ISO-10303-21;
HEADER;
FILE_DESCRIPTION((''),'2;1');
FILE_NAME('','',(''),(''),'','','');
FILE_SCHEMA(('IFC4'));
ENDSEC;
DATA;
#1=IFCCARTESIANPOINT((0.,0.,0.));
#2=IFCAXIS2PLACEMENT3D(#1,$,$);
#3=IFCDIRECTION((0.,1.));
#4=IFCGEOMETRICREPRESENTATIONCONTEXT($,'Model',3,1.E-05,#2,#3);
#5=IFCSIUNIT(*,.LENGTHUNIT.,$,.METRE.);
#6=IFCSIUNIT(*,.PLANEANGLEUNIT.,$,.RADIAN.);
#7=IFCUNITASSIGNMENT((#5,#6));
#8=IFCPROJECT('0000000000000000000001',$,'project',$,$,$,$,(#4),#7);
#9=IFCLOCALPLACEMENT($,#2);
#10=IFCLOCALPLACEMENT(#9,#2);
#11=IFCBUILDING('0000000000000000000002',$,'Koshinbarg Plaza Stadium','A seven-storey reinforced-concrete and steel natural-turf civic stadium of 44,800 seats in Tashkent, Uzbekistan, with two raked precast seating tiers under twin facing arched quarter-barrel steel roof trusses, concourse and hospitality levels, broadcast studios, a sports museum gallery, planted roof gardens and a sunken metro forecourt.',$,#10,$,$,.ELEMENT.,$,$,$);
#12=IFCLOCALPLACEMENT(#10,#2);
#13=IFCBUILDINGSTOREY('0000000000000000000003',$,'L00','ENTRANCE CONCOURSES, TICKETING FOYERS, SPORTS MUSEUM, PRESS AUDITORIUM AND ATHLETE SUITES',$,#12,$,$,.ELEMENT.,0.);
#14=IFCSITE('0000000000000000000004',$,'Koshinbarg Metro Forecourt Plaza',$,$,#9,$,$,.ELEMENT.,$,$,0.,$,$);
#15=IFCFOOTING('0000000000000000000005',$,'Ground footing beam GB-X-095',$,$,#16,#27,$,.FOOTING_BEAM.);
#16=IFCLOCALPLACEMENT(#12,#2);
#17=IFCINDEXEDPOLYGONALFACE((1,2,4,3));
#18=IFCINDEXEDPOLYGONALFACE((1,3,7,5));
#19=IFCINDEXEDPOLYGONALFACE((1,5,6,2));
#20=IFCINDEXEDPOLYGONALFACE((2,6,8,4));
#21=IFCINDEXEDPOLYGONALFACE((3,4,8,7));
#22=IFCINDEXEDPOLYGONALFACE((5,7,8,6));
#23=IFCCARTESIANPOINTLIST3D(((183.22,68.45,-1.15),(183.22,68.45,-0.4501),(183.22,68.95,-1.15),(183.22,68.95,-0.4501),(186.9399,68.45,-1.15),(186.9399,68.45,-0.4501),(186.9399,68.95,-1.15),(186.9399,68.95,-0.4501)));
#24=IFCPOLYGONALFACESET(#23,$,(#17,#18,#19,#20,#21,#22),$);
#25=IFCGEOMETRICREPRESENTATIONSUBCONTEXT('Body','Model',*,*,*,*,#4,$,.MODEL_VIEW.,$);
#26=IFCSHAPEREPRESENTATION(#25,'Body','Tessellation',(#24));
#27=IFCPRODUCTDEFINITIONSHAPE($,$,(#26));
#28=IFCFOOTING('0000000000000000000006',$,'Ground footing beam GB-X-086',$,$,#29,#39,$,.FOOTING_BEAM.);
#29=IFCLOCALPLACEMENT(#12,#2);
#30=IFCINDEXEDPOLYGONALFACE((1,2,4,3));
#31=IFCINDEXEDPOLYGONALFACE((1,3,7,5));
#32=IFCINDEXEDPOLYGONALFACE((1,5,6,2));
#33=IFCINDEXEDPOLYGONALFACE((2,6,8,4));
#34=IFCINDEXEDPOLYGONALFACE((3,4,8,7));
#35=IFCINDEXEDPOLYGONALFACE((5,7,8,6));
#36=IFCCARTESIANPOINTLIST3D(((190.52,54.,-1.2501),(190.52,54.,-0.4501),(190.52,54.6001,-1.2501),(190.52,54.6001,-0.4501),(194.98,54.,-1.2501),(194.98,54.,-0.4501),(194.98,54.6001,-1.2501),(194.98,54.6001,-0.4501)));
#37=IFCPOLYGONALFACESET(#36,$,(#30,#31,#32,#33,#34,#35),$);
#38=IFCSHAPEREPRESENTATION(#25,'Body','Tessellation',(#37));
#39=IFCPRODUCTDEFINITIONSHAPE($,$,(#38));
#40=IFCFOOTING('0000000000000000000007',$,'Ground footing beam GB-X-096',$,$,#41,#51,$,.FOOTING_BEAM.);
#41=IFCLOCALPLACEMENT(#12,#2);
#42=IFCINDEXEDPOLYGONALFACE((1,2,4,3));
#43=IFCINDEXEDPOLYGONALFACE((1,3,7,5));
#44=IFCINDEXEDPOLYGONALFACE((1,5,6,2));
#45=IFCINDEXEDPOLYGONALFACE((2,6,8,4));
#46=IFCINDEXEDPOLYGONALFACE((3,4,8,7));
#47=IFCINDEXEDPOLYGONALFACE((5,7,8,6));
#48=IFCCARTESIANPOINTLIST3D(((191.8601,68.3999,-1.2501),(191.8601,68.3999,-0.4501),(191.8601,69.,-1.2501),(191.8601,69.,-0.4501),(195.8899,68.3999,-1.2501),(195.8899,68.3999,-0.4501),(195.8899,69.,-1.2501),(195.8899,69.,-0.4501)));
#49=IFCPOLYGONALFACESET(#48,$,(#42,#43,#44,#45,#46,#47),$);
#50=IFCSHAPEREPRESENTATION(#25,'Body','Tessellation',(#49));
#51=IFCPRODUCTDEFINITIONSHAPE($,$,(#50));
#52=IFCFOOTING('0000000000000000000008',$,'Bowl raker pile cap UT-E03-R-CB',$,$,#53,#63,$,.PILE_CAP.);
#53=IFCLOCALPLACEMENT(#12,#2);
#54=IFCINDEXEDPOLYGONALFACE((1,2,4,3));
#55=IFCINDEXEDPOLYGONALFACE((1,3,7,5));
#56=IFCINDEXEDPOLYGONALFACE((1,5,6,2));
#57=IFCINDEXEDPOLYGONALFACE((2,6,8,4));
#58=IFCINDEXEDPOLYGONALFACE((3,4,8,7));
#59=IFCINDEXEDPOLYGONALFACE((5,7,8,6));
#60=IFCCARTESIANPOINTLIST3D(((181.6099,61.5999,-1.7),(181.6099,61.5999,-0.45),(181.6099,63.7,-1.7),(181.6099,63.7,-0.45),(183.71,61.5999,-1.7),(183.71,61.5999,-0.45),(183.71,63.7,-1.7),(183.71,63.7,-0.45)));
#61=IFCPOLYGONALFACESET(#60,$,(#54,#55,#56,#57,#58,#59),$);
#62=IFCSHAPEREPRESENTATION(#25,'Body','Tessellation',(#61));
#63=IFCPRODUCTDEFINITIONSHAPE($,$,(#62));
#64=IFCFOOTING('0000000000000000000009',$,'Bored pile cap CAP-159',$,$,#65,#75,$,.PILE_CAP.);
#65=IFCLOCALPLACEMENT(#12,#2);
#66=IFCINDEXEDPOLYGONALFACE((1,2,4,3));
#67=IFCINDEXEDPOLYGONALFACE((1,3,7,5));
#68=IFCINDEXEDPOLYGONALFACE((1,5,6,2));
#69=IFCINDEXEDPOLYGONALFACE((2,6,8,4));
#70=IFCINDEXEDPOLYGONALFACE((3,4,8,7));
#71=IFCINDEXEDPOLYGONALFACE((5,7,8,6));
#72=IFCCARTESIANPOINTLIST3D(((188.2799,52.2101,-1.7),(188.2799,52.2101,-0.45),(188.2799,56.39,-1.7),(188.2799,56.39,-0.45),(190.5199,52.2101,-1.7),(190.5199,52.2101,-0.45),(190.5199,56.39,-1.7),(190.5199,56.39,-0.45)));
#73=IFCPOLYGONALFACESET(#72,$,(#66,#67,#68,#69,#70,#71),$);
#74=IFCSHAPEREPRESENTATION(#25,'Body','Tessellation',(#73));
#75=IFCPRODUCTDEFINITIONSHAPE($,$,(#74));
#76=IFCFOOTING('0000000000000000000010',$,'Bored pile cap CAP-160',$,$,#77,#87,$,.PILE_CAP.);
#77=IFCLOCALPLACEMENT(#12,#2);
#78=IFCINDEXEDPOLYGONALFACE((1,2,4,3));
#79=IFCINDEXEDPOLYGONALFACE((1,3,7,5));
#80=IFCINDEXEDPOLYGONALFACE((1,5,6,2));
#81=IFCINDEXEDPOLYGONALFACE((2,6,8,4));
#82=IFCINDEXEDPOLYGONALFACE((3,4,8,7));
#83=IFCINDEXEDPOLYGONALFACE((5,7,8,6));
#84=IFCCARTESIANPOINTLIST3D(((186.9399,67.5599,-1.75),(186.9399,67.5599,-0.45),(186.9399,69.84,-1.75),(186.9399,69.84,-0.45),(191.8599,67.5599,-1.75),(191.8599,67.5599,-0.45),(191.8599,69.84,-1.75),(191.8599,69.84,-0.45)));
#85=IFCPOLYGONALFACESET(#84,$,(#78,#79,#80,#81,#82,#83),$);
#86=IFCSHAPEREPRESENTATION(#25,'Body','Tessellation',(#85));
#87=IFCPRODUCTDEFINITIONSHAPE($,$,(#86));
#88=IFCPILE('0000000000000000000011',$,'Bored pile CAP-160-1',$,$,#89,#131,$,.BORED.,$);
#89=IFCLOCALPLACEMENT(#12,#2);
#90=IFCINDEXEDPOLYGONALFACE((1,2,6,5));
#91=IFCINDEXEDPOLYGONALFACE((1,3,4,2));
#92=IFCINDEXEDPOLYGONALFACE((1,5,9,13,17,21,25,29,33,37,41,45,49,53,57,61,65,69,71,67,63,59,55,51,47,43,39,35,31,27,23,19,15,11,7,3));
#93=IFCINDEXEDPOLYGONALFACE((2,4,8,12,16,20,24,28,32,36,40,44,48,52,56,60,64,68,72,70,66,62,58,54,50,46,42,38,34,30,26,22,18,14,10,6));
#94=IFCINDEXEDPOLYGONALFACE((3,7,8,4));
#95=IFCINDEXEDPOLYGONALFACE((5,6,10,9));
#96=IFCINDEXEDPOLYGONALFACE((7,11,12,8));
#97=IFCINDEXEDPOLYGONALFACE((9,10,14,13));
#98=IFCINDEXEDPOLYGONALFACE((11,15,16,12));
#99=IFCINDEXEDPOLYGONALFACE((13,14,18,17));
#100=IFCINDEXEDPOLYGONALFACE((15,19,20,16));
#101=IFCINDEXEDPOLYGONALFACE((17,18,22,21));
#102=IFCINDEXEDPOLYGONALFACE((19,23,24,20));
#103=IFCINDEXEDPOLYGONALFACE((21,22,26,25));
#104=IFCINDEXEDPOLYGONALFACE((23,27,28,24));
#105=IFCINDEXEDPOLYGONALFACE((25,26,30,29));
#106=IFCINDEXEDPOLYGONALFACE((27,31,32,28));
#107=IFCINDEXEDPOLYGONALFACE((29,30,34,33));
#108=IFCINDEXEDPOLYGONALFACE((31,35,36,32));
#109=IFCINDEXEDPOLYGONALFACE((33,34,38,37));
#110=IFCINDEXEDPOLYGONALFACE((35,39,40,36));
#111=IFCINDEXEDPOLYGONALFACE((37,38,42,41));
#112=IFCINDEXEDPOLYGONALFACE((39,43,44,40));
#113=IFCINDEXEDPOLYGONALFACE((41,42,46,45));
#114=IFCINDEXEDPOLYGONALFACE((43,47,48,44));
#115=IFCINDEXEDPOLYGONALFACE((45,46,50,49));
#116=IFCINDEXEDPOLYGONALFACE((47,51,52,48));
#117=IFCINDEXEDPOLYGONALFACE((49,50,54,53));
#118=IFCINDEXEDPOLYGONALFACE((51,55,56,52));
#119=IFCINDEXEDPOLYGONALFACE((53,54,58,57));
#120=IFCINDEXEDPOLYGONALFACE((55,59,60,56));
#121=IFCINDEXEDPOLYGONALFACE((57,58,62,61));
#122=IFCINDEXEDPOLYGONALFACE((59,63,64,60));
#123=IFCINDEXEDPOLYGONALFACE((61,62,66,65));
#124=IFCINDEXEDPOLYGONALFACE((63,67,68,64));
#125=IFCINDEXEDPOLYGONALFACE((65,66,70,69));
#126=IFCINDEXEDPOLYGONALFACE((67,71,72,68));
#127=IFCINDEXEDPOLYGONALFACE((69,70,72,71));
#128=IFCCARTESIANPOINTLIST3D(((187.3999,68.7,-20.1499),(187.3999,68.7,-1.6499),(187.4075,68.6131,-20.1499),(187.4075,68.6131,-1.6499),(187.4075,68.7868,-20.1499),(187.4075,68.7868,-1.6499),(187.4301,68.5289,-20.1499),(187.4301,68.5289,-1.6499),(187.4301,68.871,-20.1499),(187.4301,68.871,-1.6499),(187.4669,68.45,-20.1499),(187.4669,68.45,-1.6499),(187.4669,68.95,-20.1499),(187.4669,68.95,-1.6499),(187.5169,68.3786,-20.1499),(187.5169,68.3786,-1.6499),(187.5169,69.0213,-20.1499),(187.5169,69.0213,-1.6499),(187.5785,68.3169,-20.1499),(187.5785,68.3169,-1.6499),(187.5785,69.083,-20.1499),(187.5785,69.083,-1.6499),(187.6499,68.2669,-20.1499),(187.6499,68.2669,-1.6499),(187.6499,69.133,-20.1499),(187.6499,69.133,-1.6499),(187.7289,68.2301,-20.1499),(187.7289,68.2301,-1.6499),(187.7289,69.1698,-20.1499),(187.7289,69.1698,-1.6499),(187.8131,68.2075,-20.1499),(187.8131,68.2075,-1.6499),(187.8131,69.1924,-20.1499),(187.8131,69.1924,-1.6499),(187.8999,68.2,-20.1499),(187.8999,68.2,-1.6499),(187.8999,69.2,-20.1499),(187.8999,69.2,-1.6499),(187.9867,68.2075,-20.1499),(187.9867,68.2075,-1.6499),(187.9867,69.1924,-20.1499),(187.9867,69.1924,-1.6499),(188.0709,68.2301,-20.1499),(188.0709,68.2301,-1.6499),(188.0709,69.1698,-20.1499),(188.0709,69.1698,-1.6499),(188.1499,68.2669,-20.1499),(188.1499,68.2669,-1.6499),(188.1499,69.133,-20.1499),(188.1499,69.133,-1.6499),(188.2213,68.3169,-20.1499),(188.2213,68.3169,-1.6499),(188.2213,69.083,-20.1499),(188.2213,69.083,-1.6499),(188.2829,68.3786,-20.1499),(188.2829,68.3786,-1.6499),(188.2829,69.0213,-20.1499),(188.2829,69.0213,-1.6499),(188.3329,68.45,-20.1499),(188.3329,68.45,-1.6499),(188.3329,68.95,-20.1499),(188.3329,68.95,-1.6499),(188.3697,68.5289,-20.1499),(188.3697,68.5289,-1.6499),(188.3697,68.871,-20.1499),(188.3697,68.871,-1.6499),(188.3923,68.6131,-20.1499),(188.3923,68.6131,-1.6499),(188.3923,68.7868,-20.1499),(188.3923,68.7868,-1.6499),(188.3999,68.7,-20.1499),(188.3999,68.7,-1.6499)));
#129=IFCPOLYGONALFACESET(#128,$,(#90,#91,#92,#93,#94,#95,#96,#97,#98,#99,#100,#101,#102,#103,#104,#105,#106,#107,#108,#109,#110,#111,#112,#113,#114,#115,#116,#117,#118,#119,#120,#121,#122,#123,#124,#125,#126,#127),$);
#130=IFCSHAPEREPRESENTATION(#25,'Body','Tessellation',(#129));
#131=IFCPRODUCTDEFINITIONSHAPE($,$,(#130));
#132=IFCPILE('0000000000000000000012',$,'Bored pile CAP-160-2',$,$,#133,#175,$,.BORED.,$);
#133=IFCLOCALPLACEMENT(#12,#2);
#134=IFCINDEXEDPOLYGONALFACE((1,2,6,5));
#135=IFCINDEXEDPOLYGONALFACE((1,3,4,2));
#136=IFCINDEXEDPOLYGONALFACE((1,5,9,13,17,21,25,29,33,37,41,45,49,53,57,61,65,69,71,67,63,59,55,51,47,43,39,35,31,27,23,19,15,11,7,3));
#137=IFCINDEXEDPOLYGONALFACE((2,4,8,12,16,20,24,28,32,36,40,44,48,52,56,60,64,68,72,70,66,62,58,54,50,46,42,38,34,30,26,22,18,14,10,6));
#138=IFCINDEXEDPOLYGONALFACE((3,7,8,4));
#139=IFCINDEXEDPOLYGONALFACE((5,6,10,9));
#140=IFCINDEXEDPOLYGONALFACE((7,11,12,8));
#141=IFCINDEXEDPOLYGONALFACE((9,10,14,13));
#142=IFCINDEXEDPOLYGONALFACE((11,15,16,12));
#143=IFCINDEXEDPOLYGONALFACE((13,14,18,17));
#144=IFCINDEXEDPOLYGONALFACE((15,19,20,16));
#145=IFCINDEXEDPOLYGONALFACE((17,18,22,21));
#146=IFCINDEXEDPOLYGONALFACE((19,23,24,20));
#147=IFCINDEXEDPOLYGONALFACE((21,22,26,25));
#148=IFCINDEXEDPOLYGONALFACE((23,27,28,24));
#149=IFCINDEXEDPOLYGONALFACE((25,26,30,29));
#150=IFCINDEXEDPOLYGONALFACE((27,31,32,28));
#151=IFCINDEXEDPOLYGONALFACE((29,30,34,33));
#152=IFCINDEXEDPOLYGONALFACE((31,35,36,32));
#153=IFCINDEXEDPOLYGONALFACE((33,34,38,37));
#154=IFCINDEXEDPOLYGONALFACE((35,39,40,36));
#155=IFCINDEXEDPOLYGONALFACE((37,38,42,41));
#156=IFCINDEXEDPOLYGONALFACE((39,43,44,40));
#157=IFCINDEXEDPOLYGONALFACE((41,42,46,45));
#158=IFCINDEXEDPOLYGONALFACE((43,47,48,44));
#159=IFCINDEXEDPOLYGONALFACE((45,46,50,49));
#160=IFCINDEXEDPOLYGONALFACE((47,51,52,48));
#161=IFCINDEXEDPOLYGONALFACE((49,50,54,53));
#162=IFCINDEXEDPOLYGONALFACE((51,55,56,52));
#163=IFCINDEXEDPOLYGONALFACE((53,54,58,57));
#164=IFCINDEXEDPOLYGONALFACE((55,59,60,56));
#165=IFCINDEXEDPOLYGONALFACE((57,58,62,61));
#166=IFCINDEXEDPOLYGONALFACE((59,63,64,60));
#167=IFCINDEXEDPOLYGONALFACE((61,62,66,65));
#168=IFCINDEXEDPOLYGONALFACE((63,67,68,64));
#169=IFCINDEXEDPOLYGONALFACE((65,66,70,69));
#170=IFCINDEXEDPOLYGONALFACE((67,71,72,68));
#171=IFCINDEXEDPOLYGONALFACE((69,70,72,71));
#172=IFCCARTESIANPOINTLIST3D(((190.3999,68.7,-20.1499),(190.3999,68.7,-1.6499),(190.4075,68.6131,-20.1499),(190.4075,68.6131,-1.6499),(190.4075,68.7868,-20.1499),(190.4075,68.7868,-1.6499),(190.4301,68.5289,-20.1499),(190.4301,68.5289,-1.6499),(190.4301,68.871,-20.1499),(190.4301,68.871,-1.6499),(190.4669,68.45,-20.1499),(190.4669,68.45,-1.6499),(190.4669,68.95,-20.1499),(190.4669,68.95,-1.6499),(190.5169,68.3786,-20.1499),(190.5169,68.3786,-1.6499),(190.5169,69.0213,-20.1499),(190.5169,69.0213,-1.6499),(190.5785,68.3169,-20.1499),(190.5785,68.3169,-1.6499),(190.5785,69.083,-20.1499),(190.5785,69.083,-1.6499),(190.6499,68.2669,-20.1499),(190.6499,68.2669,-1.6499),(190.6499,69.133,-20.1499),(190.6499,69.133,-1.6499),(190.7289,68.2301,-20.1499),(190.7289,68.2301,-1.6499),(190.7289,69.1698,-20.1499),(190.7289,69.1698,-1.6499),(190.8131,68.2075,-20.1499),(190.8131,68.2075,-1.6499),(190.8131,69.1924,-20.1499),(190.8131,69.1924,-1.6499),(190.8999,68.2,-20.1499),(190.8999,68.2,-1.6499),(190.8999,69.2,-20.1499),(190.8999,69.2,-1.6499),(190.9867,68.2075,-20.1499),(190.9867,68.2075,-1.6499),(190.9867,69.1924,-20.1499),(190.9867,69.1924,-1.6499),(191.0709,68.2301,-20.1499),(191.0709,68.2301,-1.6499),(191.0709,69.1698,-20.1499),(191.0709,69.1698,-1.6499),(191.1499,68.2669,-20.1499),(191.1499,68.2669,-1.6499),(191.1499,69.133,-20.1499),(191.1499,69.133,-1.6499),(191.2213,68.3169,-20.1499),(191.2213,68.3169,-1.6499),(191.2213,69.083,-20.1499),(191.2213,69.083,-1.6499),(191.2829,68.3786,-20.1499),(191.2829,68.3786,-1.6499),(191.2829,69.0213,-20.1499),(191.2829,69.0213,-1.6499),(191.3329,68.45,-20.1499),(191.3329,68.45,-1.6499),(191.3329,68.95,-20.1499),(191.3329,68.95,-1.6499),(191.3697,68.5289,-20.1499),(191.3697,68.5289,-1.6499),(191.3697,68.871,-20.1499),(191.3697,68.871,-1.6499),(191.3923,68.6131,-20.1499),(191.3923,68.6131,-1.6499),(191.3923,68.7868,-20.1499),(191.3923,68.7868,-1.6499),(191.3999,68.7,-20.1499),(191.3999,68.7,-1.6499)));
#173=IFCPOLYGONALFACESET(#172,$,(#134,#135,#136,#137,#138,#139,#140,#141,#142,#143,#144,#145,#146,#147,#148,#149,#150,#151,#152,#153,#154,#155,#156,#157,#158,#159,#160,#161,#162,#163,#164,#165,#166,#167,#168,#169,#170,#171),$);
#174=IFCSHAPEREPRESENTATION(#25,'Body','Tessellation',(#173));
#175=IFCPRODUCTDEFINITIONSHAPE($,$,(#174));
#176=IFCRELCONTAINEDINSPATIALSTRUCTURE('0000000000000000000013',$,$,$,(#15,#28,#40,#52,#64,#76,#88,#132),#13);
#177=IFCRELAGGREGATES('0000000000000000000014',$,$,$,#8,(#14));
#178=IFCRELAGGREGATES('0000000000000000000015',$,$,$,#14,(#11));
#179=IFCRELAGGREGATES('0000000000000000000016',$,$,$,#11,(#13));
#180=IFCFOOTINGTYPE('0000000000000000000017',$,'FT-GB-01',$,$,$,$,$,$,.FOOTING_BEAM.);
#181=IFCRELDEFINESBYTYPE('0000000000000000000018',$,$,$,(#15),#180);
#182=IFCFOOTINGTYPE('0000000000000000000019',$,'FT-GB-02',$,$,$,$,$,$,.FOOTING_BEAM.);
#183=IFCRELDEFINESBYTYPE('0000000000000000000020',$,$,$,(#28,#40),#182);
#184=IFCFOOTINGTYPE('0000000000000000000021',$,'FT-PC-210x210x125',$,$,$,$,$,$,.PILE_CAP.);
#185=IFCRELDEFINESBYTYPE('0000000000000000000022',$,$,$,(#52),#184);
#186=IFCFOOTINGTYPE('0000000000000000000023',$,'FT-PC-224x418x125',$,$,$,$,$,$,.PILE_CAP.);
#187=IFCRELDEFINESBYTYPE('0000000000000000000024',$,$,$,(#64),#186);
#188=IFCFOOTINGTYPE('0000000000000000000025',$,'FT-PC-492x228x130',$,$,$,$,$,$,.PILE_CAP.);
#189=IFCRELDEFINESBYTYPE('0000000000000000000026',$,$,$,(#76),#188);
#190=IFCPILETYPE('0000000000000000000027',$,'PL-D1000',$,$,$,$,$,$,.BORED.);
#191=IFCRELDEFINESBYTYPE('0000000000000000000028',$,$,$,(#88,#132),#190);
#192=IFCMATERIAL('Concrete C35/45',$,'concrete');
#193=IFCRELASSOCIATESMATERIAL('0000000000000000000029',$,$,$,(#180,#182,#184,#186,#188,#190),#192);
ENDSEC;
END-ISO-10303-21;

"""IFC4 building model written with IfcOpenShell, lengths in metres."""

from ifc_helpers import new_model, si_unit, direction, frame, origin, origin_2d, place, context, subcontext, project, spatial, rectangle, circle, extrude, material, material_profile, profile_set, type_object, element, save


model = new_model("IFC4")

# Units and contexts
model_context = context("Model", 3, precision=1e-05, world=origin(), true_north=direction((0.0, 1.0)))
body_context = subcontext(model_context, "Body", "Model", "MODEL_VIEW")
ifc_project = project(units=[si_unit("LENGTHUNIT", "METRE"), si_unit("PLANEANGLEUNIT", "RADIAN")], contexts=[model_context])

# Site, building, storey
site_placement = place(None, origin())
site = spatial("IfcSite", under=ifc_project, at=site_placement, Name="Koshinbarg Metro Forecourt Plaza", CompositionType="ELEMENT", RefElevation=0.0)
building_placement = place(site_placement, origin())
building = spatial("IfcBuilding", under=site, at=building_placement, Name="Koshinbarg Plaza Stadium", Description="A seven-storey reinforced-concrete and steel natural-turf civic stadium of 44,800 seats in Tashkent, Uzbekistan, with two raked precast seating tiers under twin facing arched quarter-barrel steel roof trusses, concourse and hospitality levels, broadcast studios, a sports museum gallery, planted roof gardens and a sunken metro forecourt.", CompositionType="ELEMENT")
storey_placement = place(building_placement, origin())
storey = spatial("IfcBuildingStorey", under=building, at=storey_placement, Name="L00", Description="ENTRANCE CONCOURSES, TICKETING FOYERS, SPORTS MUSEUM, PRESS AUDITORIUM AND ATHLETE SUITES", CompositionType="ELEMENT", Elevation=0.0)

# Footings
ifc_material_1 = material(Name="Concrete C35/45", Category="concrete")
ifc_material_profile_1 = material_profile(ifc_material_1, rectangle(XDim=0.5, YDim=0.7, at=origin_2d()), Name="GB 500x700")
ifc_profile_set_1 = profile_set([ifc_material_profile_1], Name="Concrete C35/45")
footing_type_1 = type_object("IfcFootingType", Name="FT-GB-01", PredefinedType="FOOTING_BEAM", material=ifc_profile_set_1)
footing_1_placement = place(storey_placement, frame((183.22, 68.7, -0.8), z_axis=(1.0, 0.0, 0.0), x_axis=(0.0, 1.0, 0.0)))
element("IfcFooting", 1, at=footing_1_placement, inside=storey, type_object=footing_type_1, Name="Ground footing beam GB-X-095", PredefinedType="FOOTING_BEAM", context=body_context, shape_type="SweptSolid", body=[
    extrude(rectangle(XDim=0.5, YDim=0.7, at=origin_2d()), origin(), (0.0, 0.0, 1.0), 3.72),
])
ifc_material_profile_2 = material_profile(ifc_material_1, rectangle(XDim=0.6001, YDim=0.8, at=origin_2d()), Name="GB 600x800")
ifc_profile_set_2 = profile_set([ifc_material_profile_2], Name="Concrete C35/45")
footing_type_2 = type_object("IfcFootingType", Name="FT-GB-02", PredefinedType="FOOTING_BEAM", material=ifc_profile_set_2)
footing_2_placement = place(storey_placement, frame((190.52, 54.3, -0.8501), z_axis=(1.0, 0.0, 0.0), x_axis=(0.0, 1.0, 0.0)))
element("IfcFooting", 2, at=footing_2_placement, inside=storey, type_object=footing_type_2, Name="Ground footing beam GB-X-086", PredefinedType="FOOTING_BEAM", context=body_context, shape_type="SweptSolid", body=[
    extrude(rectangle(XDim=0.6001, YDim=0.8, at=origin_2d()), origin(), (0.0, 0.0, 1.0), 4.46),
])
footing_3_placement = place(storey_placement, frame((191.8601, 68.7, -0.8501), z_axis=(1.0, 0.0, 0.0), x_axis=(0.0, 1.0, 0.0)))
element("IfcFooting", 3, at=footing_3_placement, inside=storey, type_object=footing_type_2, Name="Ground footing beam GB-X-096", PredefinedType="FOOTING_BEAM", context=body_context, shape_type="SweptSolid", body=[
    extrude(rectangle(XDim=0.6001, YDim=0.8, at=origin_2d()), origin(), (0.0, 0.0, 1.0), 4.0298),
])
footing_type_3 = type_object("IfcFootingType", Name="FT-PC-210x210x125", PredefinedType="PILE_CAP", material=ifc_material_1)
footing_4_placement = place(storey_placement, frame((182.6599, 62.6499, -1.7), z_axis=(0.0, 0.0, 1.0), x_axis=(1.0, 0.0, 0.0)))
element("IfcFooting", 4, at=footing_4_placement, inside=storey, type_object=footing_type_3, Name="Bowl raker pile cap UT-E03-R-CB", PredefinedType="PILE_CAP", context=body_context, shape_type="SweptSolid", body=[
    extrude(rectangle(XDim=2.1001, YDim=2.1001, at=origin_2d()), origin(), (0.0, 0.0, 1.0), 1.25),
])
footing_type_4 = type_object("IfcFootingType", Name="FT-PC-224x418x125", PredefinedType="PILE_CAP", material=ifc_material_1)
footing_5_placement = place(storey_placement, frame((189.3999, 54.3, -1.7), z_axis=(0.0, 0.0, 1.0), x_axis=(1.0, 0.0, 0.0)))
element("IfcFooting", 5, at=footing_5_placement, inside=storey, type_object=footing_type_4, Name="Bored pile cap CAP-159", PredefinedType="PILE_CAP", context=body_context, shape_type="SweptSolid", body=[
    extrude(rectangle(XDim=2.24, YDim=4.1799, at=origin_2d()), origin(), (0.0, 0.0, 1.0), 1.25),
])
footing_type_5 = type_object("IfcFootingType", Name="FT-PC-492x228x130", PredefinedType="PILE_CAP", material=ifc_material_1)
footing_6_placement = place(storey_placement, frame((189.3999, 68.7, -1.75), z_axis=(0.0, 0.0, 1.0), x_axis=(1.0, 0.0, 0.0)))
element("IfcFooting", 6, at=footing_6_placement, inside=storey, type_object=footing_type_5, Name="Bored pile cap CAP-160", PredefinedType="PILE_CAP", context=body_context, shape_type="SweptSolid", body=[
    extrude(rectangle(XDim=4.9199, YDim=2.28, at=origin_2d()), origin(), (0.0, 0.0, 1.0), 1.3),
])

# Piles
ifc_material_profile_3 = material_profile(ifc_material_1, circle(Radius=0.5, at=origin_2d()), Name="PILE D1000")
ifc_profile_set_3 = profile_set([ifc_material_profile_3], Name="Concrete C35/45")
pile_type_1 = type_object("IfcPileType", Name="PL-D1000", PredefinedType="BORED", material=ifc_profile_set_3)
for number, where, z_axis, x_axis, name in (
    (7, (187.8999, 68.7, -1.6499), (0.0, 0.0, -1.0), (1.0, 0.0, 0.0), "Bored pile CAP-160-1"),
    (8, (190.8999, 68.7, -1.6499), (0.0, 0.0, -1.0), (1.0, 0.0, 0.0), "Bored pile CAP-160-2"),
):
    element("IfcPile", number, at=place(storey_placement, frame(where, z_axis=z_axis, x_axis=x_axis)), inside=storey, type_object=pile_type_1, Name=name, PredefinedType="BORED", context=body_context, shape_type="SweptSolid", body=[
        extrude(circle(Radius=0.5, at=origin_2d()), origin(), (0.0, 0.0, 1.0), 18.5),
    ])

save(model, "model.ifc")
